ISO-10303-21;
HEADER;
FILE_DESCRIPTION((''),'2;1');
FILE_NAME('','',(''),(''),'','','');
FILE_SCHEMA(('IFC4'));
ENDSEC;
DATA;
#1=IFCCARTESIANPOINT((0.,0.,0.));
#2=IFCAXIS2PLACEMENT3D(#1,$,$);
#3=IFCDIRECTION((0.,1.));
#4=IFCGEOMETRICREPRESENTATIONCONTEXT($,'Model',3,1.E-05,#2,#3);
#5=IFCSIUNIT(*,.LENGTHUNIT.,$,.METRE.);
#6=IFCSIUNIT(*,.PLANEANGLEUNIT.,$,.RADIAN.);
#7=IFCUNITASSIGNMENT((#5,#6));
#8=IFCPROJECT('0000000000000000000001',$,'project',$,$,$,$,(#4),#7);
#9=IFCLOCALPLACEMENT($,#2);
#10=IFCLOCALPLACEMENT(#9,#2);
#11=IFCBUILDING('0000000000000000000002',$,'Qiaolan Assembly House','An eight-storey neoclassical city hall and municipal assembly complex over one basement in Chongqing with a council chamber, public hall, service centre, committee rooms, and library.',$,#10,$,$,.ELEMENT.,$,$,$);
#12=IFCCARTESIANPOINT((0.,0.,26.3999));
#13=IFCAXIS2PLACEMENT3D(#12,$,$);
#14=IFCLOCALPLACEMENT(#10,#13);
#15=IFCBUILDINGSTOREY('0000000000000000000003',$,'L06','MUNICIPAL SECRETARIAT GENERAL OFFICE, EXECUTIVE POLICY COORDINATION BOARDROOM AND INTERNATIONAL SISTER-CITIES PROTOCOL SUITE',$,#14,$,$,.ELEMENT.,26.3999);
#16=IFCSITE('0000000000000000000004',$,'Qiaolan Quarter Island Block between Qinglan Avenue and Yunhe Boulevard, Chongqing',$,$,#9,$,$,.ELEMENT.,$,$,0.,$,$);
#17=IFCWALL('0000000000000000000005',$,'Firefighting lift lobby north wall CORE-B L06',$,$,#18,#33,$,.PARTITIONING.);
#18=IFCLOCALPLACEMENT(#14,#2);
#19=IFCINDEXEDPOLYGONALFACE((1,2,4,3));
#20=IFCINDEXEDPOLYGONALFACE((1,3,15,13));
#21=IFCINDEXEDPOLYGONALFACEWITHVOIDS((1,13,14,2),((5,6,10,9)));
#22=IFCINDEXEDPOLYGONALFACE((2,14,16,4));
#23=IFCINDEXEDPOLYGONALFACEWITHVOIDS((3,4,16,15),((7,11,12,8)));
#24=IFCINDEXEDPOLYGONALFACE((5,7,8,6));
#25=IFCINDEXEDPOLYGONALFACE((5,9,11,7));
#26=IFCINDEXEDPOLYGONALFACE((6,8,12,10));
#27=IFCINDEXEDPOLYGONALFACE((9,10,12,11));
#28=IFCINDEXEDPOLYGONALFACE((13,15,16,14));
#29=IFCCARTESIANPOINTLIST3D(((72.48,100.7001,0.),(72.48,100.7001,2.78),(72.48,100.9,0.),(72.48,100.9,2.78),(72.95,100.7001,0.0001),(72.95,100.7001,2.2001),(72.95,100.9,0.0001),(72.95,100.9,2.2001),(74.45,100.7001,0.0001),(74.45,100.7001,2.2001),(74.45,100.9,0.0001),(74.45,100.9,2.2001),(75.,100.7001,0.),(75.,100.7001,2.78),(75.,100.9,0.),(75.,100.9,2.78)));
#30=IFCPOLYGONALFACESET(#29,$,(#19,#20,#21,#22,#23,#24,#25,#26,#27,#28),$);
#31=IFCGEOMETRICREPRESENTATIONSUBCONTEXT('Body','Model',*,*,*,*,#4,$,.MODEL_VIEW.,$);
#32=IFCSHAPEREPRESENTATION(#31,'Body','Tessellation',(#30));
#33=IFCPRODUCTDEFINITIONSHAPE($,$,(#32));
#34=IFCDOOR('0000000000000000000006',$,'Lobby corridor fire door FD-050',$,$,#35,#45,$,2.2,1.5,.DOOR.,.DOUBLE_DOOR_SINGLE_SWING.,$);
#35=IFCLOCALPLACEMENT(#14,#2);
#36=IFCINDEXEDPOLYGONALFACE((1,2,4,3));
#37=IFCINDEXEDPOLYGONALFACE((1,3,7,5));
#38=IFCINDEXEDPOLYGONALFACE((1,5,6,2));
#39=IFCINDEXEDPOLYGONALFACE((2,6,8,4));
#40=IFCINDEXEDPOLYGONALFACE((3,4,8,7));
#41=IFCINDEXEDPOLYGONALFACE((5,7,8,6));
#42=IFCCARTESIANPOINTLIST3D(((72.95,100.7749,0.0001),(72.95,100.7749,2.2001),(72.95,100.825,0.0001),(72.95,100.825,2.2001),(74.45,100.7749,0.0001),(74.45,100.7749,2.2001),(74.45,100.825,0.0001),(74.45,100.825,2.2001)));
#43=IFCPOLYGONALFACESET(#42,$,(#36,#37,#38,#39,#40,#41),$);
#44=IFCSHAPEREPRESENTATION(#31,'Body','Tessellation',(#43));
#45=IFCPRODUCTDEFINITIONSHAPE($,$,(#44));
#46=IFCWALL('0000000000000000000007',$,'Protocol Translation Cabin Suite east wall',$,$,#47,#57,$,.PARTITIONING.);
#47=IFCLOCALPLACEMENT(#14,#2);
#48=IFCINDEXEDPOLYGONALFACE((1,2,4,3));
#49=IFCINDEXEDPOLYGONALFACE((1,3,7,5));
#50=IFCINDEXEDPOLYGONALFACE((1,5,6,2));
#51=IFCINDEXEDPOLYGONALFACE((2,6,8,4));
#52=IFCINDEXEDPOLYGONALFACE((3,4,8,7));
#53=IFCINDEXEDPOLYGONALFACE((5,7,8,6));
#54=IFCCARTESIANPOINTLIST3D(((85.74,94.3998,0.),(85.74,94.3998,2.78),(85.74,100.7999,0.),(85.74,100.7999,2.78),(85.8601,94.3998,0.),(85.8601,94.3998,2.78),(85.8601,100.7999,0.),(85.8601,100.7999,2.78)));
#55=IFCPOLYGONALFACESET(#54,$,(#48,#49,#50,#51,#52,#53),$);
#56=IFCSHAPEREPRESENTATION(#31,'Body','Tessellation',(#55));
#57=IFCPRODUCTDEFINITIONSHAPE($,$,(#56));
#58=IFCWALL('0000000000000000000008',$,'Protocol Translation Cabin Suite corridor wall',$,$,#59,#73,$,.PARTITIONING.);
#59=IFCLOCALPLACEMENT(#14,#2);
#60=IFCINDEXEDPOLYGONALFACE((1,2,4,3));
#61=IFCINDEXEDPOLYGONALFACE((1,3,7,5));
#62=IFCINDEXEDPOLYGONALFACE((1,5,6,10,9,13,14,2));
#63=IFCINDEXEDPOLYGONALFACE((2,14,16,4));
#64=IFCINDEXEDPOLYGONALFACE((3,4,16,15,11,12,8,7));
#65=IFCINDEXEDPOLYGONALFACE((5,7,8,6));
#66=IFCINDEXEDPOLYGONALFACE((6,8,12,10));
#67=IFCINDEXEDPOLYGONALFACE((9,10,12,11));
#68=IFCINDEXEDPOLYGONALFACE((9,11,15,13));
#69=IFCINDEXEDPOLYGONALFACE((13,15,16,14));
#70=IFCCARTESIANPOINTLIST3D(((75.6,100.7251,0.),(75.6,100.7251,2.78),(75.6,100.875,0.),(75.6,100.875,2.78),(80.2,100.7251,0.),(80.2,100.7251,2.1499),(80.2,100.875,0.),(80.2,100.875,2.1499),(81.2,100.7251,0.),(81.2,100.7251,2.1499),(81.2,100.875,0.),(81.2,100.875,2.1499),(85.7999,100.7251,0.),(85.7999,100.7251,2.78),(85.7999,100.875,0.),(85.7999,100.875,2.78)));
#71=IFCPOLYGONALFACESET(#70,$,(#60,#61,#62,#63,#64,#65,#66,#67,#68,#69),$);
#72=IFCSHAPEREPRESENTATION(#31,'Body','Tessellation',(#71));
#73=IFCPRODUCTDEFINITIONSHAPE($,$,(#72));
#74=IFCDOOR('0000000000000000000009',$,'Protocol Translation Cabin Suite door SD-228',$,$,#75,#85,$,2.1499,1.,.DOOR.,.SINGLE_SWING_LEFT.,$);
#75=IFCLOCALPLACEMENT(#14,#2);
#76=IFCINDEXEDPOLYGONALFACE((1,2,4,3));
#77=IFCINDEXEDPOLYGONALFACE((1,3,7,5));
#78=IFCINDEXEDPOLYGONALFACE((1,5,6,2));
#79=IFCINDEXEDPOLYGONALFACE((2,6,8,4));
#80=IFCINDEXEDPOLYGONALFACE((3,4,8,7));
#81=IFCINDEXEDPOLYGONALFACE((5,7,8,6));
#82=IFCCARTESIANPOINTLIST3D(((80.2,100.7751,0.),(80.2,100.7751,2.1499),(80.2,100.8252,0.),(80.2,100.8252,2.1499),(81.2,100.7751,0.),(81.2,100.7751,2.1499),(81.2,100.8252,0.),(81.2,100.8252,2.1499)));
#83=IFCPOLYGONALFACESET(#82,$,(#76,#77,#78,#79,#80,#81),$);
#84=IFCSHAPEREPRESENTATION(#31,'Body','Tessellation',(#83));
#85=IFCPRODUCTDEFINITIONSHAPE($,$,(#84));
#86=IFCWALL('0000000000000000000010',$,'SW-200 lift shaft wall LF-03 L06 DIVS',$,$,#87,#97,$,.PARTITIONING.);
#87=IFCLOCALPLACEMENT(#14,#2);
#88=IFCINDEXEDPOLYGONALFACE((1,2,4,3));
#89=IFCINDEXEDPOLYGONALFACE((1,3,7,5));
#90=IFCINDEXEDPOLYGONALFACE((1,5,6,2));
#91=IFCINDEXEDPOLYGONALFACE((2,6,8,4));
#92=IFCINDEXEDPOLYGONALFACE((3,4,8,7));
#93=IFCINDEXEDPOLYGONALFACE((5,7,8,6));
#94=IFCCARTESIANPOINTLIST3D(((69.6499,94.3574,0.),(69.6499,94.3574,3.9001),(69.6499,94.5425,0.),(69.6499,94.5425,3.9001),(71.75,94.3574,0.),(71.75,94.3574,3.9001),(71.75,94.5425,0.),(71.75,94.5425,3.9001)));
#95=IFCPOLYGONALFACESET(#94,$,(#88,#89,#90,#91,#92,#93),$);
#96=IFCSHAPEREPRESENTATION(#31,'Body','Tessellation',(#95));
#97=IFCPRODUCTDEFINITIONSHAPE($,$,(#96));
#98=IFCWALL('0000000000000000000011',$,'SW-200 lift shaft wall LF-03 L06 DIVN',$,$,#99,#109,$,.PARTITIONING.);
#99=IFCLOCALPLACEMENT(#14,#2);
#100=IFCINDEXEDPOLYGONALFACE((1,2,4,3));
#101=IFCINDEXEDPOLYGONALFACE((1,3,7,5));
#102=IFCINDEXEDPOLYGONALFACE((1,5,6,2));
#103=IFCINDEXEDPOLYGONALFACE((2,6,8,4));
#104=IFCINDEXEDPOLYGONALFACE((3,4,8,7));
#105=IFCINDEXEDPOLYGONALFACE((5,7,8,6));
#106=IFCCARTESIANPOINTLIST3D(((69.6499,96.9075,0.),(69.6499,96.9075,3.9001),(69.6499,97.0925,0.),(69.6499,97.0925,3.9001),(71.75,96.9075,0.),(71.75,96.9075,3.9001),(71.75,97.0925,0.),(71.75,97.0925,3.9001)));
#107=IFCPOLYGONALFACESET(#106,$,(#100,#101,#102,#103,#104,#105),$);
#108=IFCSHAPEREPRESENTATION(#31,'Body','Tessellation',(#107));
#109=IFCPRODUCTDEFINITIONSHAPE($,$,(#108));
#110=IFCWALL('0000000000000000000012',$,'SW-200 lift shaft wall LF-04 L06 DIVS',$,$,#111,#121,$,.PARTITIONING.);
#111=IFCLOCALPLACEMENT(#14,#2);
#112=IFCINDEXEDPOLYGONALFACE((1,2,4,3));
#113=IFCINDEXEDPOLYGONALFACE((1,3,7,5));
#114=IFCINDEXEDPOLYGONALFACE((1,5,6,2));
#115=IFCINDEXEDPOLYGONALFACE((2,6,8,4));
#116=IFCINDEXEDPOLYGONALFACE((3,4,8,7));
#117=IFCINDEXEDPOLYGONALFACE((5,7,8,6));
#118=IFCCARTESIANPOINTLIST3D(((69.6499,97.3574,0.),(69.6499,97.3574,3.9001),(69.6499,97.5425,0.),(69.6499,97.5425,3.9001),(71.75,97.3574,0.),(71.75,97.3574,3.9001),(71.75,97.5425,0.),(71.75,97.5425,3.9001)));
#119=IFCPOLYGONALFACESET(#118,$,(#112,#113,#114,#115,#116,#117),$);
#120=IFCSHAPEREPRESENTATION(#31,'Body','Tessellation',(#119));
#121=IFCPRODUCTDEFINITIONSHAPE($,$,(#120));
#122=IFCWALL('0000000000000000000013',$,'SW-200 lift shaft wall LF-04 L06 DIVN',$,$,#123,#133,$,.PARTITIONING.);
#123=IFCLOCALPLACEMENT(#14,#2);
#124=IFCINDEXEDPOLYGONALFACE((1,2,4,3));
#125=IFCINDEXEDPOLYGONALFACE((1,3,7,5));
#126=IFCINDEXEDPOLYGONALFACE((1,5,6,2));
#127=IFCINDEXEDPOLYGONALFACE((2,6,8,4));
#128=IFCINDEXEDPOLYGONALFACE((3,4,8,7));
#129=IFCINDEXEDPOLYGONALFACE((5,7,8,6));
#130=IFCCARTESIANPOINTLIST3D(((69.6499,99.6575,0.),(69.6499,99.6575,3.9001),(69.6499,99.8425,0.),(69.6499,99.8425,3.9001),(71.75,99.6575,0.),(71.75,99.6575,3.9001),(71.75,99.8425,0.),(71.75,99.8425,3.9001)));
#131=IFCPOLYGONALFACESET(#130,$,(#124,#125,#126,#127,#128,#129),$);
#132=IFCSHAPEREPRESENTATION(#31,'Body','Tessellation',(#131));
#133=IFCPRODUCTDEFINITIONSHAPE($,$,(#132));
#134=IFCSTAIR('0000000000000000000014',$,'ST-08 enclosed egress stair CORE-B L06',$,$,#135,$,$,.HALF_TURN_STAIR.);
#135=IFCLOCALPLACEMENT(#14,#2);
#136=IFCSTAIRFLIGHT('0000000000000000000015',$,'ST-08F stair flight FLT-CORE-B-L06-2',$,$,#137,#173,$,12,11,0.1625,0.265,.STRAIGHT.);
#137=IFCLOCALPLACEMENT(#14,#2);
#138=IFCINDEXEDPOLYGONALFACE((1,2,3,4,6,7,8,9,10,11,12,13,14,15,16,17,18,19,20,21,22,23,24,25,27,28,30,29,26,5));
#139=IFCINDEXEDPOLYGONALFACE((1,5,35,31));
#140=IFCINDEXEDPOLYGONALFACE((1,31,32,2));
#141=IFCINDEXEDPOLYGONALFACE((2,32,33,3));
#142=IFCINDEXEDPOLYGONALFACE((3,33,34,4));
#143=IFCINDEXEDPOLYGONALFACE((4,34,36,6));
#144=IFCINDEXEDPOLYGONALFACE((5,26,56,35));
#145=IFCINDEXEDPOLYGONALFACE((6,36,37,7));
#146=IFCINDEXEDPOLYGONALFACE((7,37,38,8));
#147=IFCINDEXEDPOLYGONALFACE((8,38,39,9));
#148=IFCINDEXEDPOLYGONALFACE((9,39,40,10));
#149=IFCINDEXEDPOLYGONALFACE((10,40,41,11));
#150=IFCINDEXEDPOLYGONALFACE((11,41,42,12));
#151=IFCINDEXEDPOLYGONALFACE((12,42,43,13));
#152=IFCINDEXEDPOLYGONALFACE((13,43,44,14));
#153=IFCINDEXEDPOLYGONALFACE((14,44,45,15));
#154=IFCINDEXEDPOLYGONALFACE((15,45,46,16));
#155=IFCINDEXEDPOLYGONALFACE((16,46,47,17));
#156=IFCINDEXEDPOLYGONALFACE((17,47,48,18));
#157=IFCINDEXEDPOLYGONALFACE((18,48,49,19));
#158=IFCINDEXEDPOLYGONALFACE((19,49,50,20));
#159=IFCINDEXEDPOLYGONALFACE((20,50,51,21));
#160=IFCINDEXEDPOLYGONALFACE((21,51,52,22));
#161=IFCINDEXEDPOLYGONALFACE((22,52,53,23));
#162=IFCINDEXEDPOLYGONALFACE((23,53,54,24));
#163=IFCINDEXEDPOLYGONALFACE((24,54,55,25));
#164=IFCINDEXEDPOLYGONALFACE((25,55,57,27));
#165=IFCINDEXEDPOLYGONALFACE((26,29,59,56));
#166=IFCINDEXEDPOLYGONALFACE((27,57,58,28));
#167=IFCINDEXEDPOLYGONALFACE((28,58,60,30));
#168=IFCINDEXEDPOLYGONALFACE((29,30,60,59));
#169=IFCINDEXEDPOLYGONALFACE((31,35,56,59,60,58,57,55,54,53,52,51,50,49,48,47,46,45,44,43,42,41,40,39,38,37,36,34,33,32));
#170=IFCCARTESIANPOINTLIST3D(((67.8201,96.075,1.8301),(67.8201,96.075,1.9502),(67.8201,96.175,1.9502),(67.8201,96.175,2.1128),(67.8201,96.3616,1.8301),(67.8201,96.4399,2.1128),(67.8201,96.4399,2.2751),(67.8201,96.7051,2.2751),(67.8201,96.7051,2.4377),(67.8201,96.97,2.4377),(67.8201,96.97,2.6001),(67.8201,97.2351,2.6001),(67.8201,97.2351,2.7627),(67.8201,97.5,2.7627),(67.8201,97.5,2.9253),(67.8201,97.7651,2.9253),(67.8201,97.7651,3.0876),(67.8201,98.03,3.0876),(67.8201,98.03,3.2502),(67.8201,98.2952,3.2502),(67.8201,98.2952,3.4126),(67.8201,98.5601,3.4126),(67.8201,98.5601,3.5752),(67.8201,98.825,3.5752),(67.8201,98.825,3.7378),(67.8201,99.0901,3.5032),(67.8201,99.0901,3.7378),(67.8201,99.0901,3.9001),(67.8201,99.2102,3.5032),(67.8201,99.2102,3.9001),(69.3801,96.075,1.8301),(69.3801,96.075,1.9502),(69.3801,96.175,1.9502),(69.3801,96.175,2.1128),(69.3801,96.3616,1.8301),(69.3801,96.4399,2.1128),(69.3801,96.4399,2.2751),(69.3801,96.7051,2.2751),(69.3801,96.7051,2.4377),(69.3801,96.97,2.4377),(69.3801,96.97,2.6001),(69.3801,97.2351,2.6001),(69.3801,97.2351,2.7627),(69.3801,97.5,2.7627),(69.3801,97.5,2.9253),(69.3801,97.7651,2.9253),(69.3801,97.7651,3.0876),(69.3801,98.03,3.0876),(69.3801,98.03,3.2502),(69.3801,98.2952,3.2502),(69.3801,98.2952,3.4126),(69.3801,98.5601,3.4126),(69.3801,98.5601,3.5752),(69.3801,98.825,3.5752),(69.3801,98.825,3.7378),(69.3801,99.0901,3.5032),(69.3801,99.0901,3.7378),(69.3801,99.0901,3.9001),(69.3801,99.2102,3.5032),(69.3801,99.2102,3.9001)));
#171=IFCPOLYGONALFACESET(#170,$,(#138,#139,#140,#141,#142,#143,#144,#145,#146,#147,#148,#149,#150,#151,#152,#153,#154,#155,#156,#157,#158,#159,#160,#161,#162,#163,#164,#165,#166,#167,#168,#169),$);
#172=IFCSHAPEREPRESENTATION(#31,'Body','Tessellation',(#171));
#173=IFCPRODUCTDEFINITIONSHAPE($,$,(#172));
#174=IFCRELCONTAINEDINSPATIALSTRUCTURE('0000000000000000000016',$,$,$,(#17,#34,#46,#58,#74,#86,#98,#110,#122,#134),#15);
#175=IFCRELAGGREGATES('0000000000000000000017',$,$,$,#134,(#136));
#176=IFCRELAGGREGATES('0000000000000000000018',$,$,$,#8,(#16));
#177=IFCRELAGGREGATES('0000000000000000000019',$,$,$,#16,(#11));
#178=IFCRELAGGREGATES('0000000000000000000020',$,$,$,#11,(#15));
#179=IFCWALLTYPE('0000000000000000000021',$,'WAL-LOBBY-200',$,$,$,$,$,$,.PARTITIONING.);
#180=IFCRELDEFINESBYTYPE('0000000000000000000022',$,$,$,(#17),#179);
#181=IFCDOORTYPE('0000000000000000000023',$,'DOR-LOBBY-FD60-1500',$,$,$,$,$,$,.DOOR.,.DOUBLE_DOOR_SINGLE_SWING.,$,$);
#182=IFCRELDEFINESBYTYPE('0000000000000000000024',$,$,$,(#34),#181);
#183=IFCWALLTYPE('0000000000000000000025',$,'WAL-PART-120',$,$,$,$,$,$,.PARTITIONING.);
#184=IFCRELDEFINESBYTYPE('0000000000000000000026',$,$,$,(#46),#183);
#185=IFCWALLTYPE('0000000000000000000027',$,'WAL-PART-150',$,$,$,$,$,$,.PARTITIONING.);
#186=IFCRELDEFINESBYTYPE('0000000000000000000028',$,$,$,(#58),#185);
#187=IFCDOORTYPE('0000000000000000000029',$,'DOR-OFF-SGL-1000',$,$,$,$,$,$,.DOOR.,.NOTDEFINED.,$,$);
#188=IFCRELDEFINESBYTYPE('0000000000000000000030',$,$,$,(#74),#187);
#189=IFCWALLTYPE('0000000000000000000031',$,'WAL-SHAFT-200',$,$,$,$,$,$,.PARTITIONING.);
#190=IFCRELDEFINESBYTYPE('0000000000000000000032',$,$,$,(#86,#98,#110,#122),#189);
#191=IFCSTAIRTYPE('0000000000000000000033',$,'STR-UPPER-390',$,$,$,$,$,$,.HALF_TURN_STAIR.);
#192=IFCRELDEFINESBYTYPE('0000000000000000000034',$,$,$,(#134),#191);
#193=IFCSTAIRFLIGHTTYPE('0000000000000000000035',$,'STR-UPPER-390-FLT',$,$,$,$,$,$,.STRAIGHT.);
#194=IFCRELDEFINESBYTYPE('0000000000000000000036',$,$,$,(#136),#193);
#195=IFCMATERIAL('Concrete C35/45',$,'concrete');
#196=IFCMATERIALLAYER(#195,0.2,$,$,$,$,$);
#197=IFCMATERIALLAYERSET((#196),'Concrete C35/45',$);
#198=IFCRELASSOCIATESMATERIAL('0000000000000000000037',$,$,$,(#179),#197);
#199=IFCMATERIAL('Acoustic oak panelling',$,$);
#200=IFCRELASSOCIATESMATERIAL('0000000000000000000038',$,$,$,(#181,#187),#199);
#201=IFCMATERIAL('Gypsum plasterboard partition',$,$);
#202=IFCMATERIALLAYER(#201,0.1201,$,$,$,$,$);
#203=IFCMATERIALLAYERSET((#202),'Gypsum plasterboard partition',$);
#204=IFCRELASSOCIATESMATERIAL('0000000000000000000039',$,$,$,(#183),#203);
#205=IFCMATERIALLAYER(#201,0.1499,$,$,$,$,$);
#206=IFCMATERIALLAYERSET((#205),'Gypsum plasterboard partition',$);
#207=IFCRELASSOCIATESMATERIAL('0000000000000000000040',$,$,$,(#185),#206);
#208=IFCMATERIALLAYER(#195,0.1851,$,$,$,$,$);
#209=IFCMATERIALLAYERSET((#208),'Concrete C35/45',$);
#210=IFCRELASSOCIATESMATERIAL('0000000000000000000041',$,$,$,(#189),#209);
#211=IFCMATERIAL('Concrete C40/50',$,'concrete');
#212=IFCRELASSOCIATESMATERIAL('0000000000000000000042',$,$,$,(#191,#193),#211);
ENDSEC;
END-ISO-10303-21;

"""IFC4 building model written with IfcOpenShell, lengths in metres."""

from ifc_helpers import new_model, si_unit, direction, frame, frame_2d, origin, place, context, subcontext, project, spatial, polyline, rectangle, outline, extrude, material, layer, layer_set, type_object, element, fill, aggregate, save


model = new_model("IFC4")

# Units and contexts
model_context = context("Model", 3, precision=1e-05, world=origin(), true_north=direction((0.0, 1.0)))
body_context = subcontext(model_context, "Body", "Model", "MODEL_VIEW")
ifc_project = project(units=[si_unit("LENGTHUNIT", "METRE"), si_unit("PLANEANGLEUNIT", "RADIAN")], contexts=[model_context])

# Site, building, storey
site_placement = place(None, origin())
site = spatial("IfcSite", under=ifc_project, at=site_placement, Name="Qiaolan Quarter Island Block between Qinglan Avenue and Yunhe Boulevard, Chongqing", CompositionType="ELEMENT", RefElevation=0.0)
building_placement = place(site_placement, origin())
building = spatial("IfcBuilding", under=site, at=building_placement, Name="Qiaolan Assembly House", Description="An eight-storey neoclassical city hall and municipal assembly complex over one basement in Chongqing with a council chamber, public hall, service centre, committee rooms, and library.", CompositionType="ELEMENT")
storey_placement = place(building_placement, frame((0.0, 0.0, 26.3999)))
storey = spatial("IfcBuildingStorey", under=building, at=storey_placement, Name="L06", Description="MUNICIPAL SECRETARIAT GENERAL OFFICE, EXECUTIVE POLICY COORDINATION BOARDROOM AND INTERNATIONAL SISTER-CITIES PROTOCOL SUITE", CompositionType="ELEMENT", Elevation=26.3999)

# Shared definitions
ifc_material_1 = material(Name="Concrete C40/50", Category="concrete")

# Wall, opening, door
ifc_material_2 = material(Name="Concrete C35/45", Category="concrete")
ifc_layer_1 = layer(ifc_material_2, 0.2)
ifc_layer_set_1 = layer_set([ifc_layer_1], Name="Concrete C35/45")
wall_type_1 = type_object("IfcWallType", Name="WAL-LOBBY-200", PredefinedType="PARTITIONING", material=ifc_layer_set_1)
wall_1_placement = place(storey_placement, frame((75.0, 100.8, 0.0), z_axis=(0.0, 0.0, 1.0), x_axis=(-1.0, 0.0, 0.0)))
wall_1 = element("IfcWall", 1, at=wall_1_placement, inside=storey, type_object=wall_type_1, Name="Firefighting lift lobby north wall CORE-B L06", PredefinedType="PARTITIONING", context=body_context, shape_type="SweptSolid", body=[
    extrude(rectangle(XDim=2.52, YDim=0.2, at=frame_2d((1.26, 0.0))), origin(), (0.0, 0.0, 1.0), 2.78),
])
opening_1_placement = place(wall_1_placement, frame((0.55, 0.0, 0.0)))
opening_1 = element("IfcOpeningElement", 2, at=opening_1_placement, cuts=wall_1, PredefinedType="OPENING", context=body_context, shape_type="SweptSolid", body=[
    extrude(rectangle(XDim=1.5, YDim=2.2, at=frame_2d((0.75, 1.1001))), frame((0.0, 0.1099, 0.0), z_axis=(0.0, -1.0, 0.0), x_axis=(1.0, 0.0, 0.0)), (0.0, 0.0, 1.0), 0.22),
])
ifc_material_3 = material(Name="Acoustic oak panelling")
door_type_1 = type_object("IfcDoorType", Name="DOR-LOBBY-FD60-1500", OperationType="DOUBLE_DOOR_SINGLE_SWING", PredefinedType="DOOR", material=ifc_material_3)
door_1_placement = place(opening_1_placement, frame((1.5, 0.0, 0.0), z_axis=(0.0, 0.0, 1.0), x_axis=(-1.0, 0.0, 0.0)))
door_1 = element("IfcDoor", 3, at=door_1_placement, inside=storey, type_object=door_type_1, Name="Lobby corridor fire door FD-050", OperationType="DOUBLE_DOOR_SINGLE_SWING", OverallHeight=2.2, OverallWidth=1.5, PredefinedType="DOOR", context=body_context, shape_type="SweptSolid", body=[
    extrude(rectangle(XDim=1.5, YDim=2.2, at=frame_2d((0.75, 1.1001))), frame((0.0, 0.0249, 0.0), z_axis=(0.0, -1.0, 0.0), x_axis=(1.0, 0.0, 0.0)), (0.0, 0.0, 1.0), 0.05),
])
fill(opening_1, door_1)

# Wall
ifc_material_4 = material(Name="Gypsum plasterboard partition")
ifc_layer_2 = layer(ifc_material_4, 0.1201)
ifc_layer_set_2 = layer_set([ifc_layer_2], Name="Gypsum plasterboard partition")
wall_type_2 = type_object("IfcWallType", Name="WAL-PART-120", PredefinedType="PARTITIONING", material=ifc_layer_set_2)
wall_2_placement = place(storey_placement, frame((85.8, 100.8, 0.0), z_axis=(0.0, 0.0, 1.0), x_axis=(0.0, -1.0, 0.0)))
element("IfcWall", 4, at=wall_2_placement, inside=storey, type_object=wall_type_2, Name="Protocol Translation Cabin Suite east wall", PredefinedType="PARTITIONING", context=body_context, shape_type="SweptSolid", body=[
    extrude(rectangle(XDim=6.4001, YDim=0.1201, at=frame_2d((3.2002, 0.0))), origin(), (0.0, 0.0, 1.0), 2.78),
])

# Wall, opening, door
ifc_layer_3 = layer(ifc_material_4, 0.1499)
ifc_layer_set_3 = layer_set([ifc_layer_3], Name="Gypsum plasterboard partition")
wall_type_3 = type_object("IfcWallType", Name="WAL-PART-150", PredefinedType="PARTITIONING", material=ifc_layer_set_3)
wall_3_placement = place(storey_placement, frame((85.8, 100.8, 0.0), z_axis=(0.0, 0.0, 1.0), x_axis=(-1.0, 0.0, 0.0)))
wall_3 = element("IfcWall", 5, at=wall_3_placement, inside=storey, type_object=wall_type_3, Name="Protocol Translation Cabin Suite corridor wall", PredefinedType="PARTITIONING", context=body_context, shape_type="SweptSolid", body=[
    extrude(rectangle(XDim=10.2, YDim=0.1499, at=frame_2d((5.1001, 0.0))), origin(), (0.0, 0.0, 1.0), 2.78),
])
opening_2_placement = place(wall_3_placement, frame((4.6001, 0.0, 0.0)))
opening_2 = element("IfcOpeningElement", 6, at=opening_2_placement, cuts=wall_3, PredefinedType="OPENING", context=body_context, shape_type="SweptSolid", body=[
    extrude(rectangle(XDim=1.0, YDim=2.1499, at=frame_2d((0.5, 1.075))), frame((0.0, 0.085, 0.0), z_axis=(0.0, -1.0, 0.0), x_axis=(1.0, 0.0, 0.0)), (0.0, 0.0, 1.0), 0.1699),
])
door_type_2 = type_object("IfcDoorType", Name="DOR-OFF-SGL-1000", OperationType="NOTDEFINED", PredefinedType="DOOR", material=ifc_material_3)
door_2_placement = place(opening_2_placement, origin())
door_2 = element("IfcDoor", 7, at=door_2_placement, inside=storey, type_object=door_type_2, Name="Protocol Translation Cabin Suite door SD-228", OperationType="SINGLE_SWING_LEFT", OverallHeight=2.1499, OverallWidth=1.0, PredefinedType="DOOR", context=body_context, shape_type="SweptSolid", body=[
    extrude(rectangle(XDim=1.0, YDim=2.1499, at=frame_2d((0.5, 1.075))), frame((0.0, 0.0249, 0.0), z_axis=(0.0, -1.0, 0.0), x_axis=(1.0, 0.0, 0.0)), (0.0, 0.0, 1.0), 0.05),
])
fill(opening_2, door_2)

# Walls
ifc_layer_4 = layer(ifc_material_2, 0.1851)
ifc_layer_set_4 = layer_set([ifc_layer_4], Name="Concrete C35/45")
wall_type_4 = type_object("IfcWallType", Name="WAL-SHAFT-200", PredefinedType="PARTITIONING", material=ifc_layer_set_4)
for number, where, z_axis, x_axis, name in (
    (8, (69.6499, 94.45, 0.0), (0.0, 0.0, 1.0), (1.0, 0.0, 0.0), "SW-200 lift shaft wall LF-03 L06 DIVS"),
    (9, (69.6499, 97.0, 0.0), (0.0, 0.0, 1.0), (1.0, 0.0, 0.0), "SW-200 lift shaft wall LF-03 L06 DIVN"),
    (10, (69.6499, 97.45, 0.0), (0.0, 0.0, 1.0), (1.0, 0.0, 0.0), "SW-200 lift shaft wall LF-04 L06 DIVS"),
    (11, (69.6499, 99.75, 0.0), (0.0, 0.0, 1.0), (1.0, 0.0, 0.0), "SW-200 lift shaft wall LF-04 L06 DIVN"),
):
    element("IfcWall", number, at=place(storey_placement, frame(where, z_axis=z_axis, x_axis=x_axis)), inside=storey, type_object=wall_type_4, Name=name, PredefinedType="PARTITIONING", context=body_context, shape_type="SweptSolid", body=[
        extrude(rectangle(XDim=2.1001, YDim=0.1851, at=frame_2d((1.05, 0.0))), origin(), (0.0, 0.0, 1.0), 3.9001),
    ])

# Stair, stair flight
stair_type = type_object("IfcStairType", Name="STR-UPPER-390", PredefinedType="HALF_TURN_STAIR", material=ifc_material_1)
stair_placement = place(storey_placement, origin())
stair = element("IfcStair", 12, at=stair_placement, inside=storey, type_object=stair_type, Name="ST-08 enclosed egress stair CORE-B L06", PredefinedType="HALF_TURN_STAIR")
stair_flight_type = type_object("IfcStairFlightType", Name="STR-UPPER-390-FLT", PredefinedType="STRAIGHT", material=ifc_material_1)
stair_flight_placement = place(storey_placement, frame((68.6001, 96.175, 1.9502), z_axis=(0.0, 0.0, 1.0), x_axis=(0.0, 1.0, 0.0)))
stair_flight = element("IfcStairFlight", 13, at=stair_flight_placement, type_object=stair_flight_type, Name="ST-08F stair flight FLT-CORE-B-L06-2", NumberOfRisers=12, NumberOfTreads=11, PredefinedType="STRAIGHT", RiserHeight=0.1625, TreadLength=0.265, context=body_context, shape_type="SweptSolid", body=[
    extrude(outline(polyline([(-0.1001, -0.1201), (-0.1001, 0.0), (0.0, 0.0), (0.0, 0.1626), (0.2649, 0.1626), (0.2649, 0.325), (0.53, 0.325), (0.53, 0.4875), (0.7949, 0.4875), (0.7949, 0.6499), (1.0601, 0.6499), (1.0601, 0.8125), (1.325, 0.8125), (1.325, 0.9751), (1.5901, 0.9751), (1.5901, 1.1375), (1.855, 1.1375), (1.855, 1.3), (2.1201, 1.3), (2.1201, 1.4624), (2.385, 1.4624), (2.385, 1.625), (2.6499, 1.625), (2.6499, 1.7876), (2.915, 1.7876), (2.915, 1.95), (3.0352, 1.95), (3.0352, 1.553), (2.915, 1.553), (0.1865, -0.1201), (-0.1001, -0.1201)])), frame((0.0, 0.78, 0.0), z_axis=(0.0, -1.0, 0.0), x_axis=(1.0, 0.0, 0.0)), (0.0, 0.0, 1.0), 1.5601),
])
aggregate(stair, [stair_flight])

save(model, "model.ifc")
